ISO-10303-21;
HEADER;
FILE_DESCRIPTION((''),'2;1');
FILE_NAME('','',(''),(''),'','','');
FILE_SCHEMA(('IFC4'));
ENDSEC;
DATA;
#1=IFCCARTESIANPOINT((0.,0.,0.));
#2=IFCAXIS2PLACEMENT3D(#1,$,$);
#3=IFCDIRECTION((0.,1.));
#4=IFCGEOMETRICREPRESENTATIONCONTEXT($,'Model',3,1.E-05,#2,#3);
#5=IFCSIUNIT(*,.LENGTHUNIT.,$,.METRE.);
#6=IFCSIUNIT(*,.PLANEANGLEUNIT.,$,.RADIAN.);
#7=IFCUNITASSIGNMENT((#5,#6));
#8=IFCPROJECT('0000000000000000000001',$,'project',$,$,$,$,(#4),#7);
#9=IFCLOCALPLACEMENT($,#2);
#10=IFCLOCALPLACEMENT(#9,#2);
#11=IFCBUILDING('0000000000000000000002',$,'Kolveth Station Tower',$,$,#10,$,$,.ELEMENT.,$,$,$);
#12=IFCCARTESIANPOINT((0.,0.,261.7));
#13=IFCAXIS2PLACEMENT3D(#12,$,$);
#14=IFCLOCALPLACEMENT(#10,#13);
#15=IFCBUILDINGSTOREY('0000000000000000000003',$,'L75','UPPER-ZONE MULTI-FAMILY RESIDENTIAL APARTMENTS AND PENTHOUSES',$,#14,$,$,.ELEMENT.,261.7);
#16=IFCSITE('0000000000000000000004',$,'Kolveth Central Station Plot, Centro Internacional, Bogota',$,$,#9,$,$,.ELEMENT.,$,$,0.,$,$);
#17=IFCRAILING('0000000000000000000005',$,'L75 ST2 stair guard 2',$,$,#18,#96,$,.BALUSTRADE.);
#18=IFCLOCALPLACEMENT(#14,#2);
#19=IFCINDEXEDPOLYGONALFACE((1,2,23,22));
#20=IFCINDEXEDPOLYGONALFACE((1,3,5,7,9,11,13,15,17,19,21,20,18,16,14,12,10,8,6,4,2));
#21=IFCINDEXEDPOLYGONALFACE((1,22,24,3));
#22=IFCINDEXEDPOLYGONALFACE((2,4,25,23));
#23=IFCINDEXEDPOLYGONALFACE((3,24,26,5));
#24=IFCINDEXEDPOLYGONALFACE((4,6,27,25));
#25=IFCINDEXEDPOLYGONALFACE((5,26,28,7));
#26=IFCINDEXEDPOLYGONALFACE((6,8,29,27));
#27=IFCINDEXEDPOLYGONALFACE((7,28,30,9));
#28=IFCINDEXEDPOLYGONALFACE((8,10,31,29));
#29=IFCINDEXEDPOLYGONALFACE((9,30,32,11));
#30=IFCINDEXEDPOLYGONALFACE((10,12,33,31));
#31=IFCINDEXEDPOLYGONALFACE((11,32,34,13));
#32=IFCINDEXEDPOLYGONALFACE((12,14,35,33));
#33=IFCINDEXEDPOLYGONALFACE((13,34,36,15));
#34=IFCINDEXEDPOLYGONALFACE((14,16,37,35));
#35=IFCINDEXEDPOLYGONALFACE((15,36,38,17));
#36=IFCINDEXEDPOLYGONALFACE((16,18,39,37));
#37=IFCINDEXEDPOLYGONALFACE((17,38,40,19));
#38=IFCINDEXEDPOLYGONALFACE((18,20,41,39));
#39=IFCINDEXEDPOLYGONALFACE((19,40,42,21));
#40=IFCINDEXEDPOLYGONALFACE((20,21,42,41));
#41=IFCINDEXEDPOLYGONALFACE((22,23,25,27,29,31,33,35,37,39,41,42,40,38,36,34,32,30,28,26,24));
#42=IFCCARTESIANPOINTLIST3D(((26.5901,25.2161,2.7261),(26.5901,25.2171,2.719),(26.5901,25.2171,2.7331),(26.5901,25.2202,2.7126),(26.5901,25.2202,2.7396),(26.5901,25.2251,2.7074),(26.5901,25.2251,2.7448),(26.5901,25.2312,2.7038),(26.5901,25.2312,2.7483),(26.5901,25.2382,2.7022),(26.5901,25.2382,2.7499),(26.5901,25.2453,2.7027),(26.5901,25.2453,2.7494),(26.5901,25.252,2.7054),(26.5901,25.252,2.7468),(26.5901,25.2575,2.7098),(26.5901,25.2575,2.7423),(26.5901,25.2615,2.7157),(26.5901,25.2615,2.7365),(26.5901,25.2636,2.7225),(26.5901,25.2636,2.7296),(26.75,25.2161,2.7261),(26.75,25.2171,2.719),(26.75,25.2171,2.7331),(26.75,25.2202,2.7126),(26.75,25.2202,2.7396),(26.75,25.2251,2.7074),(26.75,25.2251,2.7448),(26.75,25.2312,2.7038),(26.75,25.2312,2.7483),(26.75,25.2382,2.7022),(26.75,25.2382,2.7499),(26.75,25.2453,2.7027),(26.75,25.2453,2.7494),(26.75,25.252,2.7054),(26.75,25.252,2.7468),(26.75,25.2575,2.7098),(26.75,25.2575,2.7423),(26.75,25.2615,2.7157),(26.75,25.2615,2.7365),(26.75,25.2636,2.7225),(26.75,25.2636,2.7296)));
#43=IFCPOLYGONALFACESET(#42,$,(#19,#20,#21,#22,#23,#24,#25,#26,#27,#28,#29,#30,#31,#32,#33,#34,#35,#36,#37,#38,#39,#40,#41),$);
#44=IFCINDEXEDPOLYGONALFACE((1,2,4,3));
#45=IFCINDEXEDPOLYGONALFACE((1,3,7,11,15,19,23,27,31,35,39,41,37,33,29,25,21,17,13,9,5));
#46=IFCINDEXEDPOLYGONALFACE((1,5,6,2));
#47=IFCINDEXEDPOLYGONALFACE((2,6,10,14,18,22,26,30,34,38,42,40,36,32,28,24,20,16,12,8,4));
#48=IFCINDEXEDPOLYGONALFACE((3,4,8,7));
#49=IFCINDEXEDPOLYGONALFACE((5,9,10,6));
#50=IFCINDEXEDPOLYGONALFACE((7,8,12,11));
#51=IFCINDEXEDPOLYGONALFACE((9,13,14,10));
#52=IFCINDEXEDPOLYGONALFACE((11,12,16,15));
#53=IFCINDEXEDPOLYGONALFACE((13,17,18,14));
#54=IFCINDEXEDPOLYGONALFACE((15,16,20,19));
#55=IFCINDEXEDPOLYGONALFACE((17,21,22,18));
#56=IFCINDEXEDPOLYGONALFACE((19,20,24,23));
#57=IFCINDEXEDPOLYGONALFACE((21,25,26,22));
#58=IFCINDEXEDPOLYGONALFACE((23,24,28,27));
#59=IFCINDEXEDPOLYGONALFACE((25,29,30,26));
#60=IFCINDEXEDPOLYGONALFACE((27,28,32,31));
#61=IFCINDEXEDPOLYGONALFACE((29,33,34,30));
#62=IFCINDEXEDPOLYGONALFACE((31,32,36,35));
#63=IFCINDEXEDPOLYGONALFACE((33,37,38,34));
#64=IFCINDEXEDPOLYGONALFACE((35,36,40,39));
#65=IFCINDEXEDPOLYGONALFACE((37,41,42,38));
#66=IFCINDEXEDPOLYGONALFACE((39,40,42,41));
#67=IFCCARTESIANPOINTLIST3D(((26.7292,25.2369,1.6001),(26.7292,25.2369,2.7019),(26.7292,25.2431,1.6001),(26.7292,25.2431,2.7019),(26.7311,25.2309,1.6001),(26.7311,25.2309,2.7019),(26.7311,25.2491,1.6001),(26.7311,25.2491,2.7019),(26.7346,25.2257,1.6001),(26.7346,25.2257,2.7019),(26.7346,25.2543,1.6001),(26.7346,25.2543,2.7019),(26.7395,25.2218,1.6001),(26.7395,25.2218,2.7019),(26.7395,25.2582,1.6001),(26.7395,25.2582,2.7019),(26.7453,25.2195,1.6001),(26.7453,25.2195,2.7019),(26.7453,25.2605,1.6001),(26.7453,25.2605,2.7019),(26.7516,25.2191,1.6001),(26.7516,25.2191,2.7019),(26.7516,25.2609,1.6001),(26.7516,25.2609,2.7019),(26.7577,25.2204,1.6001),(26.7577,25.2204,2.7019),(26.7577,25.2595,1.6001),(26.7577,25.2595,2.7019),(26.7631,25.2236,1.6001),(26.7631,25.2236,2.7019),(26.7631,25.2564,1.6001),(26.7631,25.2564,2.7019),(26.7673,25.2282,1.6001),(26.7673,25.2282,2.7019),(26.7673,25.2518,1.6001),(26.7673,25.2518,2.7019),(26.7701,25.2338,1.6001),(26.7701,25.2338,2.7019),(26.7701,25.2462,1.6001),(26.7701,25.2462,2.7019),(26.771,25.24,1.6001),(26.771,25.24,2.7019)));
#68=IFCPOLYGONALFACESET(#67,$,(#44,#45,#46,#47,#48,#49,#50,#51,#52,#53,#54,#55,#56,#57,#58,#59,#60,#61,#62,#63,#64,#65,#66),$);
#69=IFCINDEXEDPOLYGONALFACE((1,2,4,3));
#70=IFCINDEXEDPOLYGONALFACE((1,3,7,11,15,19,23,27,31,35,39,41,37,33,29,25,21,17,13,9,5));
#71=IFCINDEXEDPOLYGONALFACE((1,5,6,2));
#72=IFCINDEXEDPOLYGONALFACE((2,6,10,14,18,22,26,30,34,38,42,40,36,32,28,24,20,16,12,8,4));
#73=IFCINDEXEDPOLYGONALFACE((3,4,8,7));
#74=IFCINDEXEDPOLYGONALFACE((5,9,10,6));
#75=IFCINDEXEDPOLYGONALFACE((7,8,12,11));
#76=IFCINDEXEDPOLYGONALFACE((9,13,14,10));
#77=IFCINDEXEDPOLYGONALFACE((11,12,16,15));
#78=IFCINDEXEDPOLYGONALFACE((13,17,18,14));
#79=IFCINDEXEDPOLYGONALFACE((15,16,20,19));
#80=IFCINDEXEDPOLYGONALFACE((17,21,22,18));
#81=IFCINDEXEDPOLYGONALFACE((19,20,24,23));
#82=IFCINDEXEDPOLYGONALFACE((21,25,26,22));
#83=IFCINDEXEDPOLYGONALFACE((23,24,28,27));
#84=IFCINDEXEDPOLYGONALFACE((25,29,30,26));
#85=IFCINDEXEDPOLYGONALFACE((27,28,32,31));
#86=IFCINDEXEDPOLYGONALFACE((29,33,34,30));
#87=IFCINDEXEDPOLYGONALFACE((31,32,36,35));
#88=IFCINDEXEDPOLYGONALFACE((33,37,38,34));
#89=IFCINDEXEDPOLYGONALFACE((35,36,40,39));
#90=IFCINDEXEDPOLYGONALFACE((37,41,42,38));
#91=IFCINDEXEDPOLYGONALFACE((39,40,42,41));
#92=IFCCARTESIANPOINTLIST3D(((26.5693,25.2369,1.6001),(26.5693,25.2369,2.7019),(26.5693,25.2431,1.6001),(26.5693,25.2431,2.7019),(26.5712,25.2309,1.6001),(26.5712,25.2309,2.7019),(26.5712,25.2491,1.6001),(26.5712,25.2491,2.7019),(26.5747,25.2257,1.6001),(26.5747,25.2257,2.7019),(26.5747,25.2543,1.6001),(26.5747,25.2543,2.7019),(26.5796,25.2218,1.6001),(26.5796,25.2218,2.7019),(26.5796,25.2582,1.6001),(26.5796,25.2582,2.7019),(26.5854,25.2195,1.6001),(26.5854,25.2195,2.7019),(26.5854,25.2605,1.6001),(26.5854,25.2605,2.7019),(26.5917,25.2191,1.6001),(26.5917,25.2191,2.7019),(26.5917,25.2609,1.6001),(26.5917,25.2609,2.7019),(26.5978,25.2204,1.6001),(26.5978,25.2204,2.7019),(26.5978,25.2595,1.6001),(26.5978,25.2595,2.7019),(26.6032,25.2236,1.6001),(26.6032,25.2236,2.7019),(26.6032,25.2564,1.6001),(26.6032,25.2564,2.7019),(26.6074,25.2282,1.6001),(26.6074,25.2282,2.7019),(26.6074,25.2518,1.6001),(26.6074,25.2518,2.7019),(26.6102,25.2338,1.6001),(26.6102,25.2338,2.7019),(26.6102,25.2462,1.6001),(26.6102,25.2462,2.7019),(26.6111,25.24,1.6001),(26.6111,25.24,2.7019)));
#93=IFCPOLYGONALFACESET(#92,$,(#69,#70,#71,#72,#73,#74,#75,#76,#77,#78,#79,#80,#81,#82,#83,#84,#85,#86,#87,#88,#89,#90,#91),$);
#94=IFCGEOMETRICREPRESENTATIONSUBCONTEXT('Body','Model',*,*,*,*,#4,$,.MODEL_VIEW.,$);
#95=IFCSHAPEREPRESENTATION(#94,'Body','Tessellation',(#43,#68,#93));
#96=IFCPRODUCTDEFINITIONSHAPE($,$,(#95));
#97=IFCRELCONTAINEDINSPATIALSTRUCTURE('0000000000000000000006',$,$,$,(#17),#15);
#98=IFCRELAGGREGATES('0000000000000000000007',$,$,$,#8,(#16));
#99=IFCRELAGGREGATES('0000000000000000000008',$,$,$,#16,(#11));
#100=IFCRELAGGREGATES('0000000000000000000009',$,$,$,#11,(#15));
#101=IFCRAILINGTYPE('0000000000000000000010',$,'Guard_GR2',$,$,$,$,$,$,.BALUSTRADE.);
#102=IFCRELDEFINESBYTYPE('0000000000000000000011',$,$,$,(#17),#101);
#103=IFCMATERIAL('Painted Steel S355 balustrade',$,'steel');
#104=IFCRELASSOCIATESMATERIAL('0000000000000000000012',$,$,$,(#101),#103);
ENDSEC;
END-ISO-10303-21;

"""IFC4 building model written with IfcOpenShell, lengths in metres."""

from ifc_helpers import new_model, si_unit, direction, frame, origin, origin_2d, place, context, subcontext, project, spatial, circle, extrude, material, type_object, element, save


model = new_model("IFC4")

# Units and contexts
model_context = context("Model", 3, precision=1e-05, world=origin(), true_north=direction((0.0, 1.0)))
body_context = subcontext(model_context, "Body", "Model", "MODEL_VIEW")
ifc_project = project(units=[si_unit("LENGTHUNIT", "METRE"), si_unit("PLANEANGLEUNIT", "RADIAN")], contexts=[model_context])

# Site, building, storey
site_placement = place(None, origin())
site = spatial("IfcSite", under=ifc_project, at=site_placement, Name="Kolveth Central Station Plot, Centro Internacional, Bogota", CompositionType="ELEMENT", RefElevation=0.0)
building_placement = place(site_placement, origin())
building = spatial("IfcBuilding", under=site, at=building_placement, Name="Kolveth Station Tower", CompositionType="ELEMENT")
storey_placement = place(building_placement, frame((0.0, 0.0, 261.7)))
storey = spatial("IfcBuildingStorey", under=building, at=storey_placement, Name="L75", Description="UPPER-ZONE MULTI-FAMILY RESIDENTIAL APARTMENTS AND PENTHOUSES", CompositionType="ELEMENT", Elevation=261.7)

# Railing
ifc_material_1 = material(Name="Painted Steel S355 balustrade", Category="steel")
railing_type_1 = type_object("IfcRailingType", Name="Guard_GR2", PredefinedType="BALUSTRADE", material=ifc_material_1)
railing_1_placement = place(storey_placement, frame((26.75, 25.24, 1.6001)))
element("IfcRailing", 1, at=railing_1_placement, inside=storey, type_object=railing_type_1, Name="L75 ST2 stair guard 2", PredefinedType="BALUSTRADE", context=body_context, shape_type="SweptSolid", body=[
    extrude(circle(Radius=0.0239, at=origin_2d()), frame((0.0, 0.0, 1.126), z_axis=(-1.0, 0.0, 0.0), x_axis=(0.0, -1.0, 0.0)), (0.0, 0.0, 1.0), 0.1599),
    extrude(circle(Radius=0.021, at=origin_2d()), origin(), (0.0, 0.0, 1.0), 1.1018),
    extrude(circle(Radius=0.021, at=origin_2d()), frame((-0.1599, 0.0, 0.0)), (0.0, 0.0, 1.0), 1.1018),
])

save(model, "model.ifc")
